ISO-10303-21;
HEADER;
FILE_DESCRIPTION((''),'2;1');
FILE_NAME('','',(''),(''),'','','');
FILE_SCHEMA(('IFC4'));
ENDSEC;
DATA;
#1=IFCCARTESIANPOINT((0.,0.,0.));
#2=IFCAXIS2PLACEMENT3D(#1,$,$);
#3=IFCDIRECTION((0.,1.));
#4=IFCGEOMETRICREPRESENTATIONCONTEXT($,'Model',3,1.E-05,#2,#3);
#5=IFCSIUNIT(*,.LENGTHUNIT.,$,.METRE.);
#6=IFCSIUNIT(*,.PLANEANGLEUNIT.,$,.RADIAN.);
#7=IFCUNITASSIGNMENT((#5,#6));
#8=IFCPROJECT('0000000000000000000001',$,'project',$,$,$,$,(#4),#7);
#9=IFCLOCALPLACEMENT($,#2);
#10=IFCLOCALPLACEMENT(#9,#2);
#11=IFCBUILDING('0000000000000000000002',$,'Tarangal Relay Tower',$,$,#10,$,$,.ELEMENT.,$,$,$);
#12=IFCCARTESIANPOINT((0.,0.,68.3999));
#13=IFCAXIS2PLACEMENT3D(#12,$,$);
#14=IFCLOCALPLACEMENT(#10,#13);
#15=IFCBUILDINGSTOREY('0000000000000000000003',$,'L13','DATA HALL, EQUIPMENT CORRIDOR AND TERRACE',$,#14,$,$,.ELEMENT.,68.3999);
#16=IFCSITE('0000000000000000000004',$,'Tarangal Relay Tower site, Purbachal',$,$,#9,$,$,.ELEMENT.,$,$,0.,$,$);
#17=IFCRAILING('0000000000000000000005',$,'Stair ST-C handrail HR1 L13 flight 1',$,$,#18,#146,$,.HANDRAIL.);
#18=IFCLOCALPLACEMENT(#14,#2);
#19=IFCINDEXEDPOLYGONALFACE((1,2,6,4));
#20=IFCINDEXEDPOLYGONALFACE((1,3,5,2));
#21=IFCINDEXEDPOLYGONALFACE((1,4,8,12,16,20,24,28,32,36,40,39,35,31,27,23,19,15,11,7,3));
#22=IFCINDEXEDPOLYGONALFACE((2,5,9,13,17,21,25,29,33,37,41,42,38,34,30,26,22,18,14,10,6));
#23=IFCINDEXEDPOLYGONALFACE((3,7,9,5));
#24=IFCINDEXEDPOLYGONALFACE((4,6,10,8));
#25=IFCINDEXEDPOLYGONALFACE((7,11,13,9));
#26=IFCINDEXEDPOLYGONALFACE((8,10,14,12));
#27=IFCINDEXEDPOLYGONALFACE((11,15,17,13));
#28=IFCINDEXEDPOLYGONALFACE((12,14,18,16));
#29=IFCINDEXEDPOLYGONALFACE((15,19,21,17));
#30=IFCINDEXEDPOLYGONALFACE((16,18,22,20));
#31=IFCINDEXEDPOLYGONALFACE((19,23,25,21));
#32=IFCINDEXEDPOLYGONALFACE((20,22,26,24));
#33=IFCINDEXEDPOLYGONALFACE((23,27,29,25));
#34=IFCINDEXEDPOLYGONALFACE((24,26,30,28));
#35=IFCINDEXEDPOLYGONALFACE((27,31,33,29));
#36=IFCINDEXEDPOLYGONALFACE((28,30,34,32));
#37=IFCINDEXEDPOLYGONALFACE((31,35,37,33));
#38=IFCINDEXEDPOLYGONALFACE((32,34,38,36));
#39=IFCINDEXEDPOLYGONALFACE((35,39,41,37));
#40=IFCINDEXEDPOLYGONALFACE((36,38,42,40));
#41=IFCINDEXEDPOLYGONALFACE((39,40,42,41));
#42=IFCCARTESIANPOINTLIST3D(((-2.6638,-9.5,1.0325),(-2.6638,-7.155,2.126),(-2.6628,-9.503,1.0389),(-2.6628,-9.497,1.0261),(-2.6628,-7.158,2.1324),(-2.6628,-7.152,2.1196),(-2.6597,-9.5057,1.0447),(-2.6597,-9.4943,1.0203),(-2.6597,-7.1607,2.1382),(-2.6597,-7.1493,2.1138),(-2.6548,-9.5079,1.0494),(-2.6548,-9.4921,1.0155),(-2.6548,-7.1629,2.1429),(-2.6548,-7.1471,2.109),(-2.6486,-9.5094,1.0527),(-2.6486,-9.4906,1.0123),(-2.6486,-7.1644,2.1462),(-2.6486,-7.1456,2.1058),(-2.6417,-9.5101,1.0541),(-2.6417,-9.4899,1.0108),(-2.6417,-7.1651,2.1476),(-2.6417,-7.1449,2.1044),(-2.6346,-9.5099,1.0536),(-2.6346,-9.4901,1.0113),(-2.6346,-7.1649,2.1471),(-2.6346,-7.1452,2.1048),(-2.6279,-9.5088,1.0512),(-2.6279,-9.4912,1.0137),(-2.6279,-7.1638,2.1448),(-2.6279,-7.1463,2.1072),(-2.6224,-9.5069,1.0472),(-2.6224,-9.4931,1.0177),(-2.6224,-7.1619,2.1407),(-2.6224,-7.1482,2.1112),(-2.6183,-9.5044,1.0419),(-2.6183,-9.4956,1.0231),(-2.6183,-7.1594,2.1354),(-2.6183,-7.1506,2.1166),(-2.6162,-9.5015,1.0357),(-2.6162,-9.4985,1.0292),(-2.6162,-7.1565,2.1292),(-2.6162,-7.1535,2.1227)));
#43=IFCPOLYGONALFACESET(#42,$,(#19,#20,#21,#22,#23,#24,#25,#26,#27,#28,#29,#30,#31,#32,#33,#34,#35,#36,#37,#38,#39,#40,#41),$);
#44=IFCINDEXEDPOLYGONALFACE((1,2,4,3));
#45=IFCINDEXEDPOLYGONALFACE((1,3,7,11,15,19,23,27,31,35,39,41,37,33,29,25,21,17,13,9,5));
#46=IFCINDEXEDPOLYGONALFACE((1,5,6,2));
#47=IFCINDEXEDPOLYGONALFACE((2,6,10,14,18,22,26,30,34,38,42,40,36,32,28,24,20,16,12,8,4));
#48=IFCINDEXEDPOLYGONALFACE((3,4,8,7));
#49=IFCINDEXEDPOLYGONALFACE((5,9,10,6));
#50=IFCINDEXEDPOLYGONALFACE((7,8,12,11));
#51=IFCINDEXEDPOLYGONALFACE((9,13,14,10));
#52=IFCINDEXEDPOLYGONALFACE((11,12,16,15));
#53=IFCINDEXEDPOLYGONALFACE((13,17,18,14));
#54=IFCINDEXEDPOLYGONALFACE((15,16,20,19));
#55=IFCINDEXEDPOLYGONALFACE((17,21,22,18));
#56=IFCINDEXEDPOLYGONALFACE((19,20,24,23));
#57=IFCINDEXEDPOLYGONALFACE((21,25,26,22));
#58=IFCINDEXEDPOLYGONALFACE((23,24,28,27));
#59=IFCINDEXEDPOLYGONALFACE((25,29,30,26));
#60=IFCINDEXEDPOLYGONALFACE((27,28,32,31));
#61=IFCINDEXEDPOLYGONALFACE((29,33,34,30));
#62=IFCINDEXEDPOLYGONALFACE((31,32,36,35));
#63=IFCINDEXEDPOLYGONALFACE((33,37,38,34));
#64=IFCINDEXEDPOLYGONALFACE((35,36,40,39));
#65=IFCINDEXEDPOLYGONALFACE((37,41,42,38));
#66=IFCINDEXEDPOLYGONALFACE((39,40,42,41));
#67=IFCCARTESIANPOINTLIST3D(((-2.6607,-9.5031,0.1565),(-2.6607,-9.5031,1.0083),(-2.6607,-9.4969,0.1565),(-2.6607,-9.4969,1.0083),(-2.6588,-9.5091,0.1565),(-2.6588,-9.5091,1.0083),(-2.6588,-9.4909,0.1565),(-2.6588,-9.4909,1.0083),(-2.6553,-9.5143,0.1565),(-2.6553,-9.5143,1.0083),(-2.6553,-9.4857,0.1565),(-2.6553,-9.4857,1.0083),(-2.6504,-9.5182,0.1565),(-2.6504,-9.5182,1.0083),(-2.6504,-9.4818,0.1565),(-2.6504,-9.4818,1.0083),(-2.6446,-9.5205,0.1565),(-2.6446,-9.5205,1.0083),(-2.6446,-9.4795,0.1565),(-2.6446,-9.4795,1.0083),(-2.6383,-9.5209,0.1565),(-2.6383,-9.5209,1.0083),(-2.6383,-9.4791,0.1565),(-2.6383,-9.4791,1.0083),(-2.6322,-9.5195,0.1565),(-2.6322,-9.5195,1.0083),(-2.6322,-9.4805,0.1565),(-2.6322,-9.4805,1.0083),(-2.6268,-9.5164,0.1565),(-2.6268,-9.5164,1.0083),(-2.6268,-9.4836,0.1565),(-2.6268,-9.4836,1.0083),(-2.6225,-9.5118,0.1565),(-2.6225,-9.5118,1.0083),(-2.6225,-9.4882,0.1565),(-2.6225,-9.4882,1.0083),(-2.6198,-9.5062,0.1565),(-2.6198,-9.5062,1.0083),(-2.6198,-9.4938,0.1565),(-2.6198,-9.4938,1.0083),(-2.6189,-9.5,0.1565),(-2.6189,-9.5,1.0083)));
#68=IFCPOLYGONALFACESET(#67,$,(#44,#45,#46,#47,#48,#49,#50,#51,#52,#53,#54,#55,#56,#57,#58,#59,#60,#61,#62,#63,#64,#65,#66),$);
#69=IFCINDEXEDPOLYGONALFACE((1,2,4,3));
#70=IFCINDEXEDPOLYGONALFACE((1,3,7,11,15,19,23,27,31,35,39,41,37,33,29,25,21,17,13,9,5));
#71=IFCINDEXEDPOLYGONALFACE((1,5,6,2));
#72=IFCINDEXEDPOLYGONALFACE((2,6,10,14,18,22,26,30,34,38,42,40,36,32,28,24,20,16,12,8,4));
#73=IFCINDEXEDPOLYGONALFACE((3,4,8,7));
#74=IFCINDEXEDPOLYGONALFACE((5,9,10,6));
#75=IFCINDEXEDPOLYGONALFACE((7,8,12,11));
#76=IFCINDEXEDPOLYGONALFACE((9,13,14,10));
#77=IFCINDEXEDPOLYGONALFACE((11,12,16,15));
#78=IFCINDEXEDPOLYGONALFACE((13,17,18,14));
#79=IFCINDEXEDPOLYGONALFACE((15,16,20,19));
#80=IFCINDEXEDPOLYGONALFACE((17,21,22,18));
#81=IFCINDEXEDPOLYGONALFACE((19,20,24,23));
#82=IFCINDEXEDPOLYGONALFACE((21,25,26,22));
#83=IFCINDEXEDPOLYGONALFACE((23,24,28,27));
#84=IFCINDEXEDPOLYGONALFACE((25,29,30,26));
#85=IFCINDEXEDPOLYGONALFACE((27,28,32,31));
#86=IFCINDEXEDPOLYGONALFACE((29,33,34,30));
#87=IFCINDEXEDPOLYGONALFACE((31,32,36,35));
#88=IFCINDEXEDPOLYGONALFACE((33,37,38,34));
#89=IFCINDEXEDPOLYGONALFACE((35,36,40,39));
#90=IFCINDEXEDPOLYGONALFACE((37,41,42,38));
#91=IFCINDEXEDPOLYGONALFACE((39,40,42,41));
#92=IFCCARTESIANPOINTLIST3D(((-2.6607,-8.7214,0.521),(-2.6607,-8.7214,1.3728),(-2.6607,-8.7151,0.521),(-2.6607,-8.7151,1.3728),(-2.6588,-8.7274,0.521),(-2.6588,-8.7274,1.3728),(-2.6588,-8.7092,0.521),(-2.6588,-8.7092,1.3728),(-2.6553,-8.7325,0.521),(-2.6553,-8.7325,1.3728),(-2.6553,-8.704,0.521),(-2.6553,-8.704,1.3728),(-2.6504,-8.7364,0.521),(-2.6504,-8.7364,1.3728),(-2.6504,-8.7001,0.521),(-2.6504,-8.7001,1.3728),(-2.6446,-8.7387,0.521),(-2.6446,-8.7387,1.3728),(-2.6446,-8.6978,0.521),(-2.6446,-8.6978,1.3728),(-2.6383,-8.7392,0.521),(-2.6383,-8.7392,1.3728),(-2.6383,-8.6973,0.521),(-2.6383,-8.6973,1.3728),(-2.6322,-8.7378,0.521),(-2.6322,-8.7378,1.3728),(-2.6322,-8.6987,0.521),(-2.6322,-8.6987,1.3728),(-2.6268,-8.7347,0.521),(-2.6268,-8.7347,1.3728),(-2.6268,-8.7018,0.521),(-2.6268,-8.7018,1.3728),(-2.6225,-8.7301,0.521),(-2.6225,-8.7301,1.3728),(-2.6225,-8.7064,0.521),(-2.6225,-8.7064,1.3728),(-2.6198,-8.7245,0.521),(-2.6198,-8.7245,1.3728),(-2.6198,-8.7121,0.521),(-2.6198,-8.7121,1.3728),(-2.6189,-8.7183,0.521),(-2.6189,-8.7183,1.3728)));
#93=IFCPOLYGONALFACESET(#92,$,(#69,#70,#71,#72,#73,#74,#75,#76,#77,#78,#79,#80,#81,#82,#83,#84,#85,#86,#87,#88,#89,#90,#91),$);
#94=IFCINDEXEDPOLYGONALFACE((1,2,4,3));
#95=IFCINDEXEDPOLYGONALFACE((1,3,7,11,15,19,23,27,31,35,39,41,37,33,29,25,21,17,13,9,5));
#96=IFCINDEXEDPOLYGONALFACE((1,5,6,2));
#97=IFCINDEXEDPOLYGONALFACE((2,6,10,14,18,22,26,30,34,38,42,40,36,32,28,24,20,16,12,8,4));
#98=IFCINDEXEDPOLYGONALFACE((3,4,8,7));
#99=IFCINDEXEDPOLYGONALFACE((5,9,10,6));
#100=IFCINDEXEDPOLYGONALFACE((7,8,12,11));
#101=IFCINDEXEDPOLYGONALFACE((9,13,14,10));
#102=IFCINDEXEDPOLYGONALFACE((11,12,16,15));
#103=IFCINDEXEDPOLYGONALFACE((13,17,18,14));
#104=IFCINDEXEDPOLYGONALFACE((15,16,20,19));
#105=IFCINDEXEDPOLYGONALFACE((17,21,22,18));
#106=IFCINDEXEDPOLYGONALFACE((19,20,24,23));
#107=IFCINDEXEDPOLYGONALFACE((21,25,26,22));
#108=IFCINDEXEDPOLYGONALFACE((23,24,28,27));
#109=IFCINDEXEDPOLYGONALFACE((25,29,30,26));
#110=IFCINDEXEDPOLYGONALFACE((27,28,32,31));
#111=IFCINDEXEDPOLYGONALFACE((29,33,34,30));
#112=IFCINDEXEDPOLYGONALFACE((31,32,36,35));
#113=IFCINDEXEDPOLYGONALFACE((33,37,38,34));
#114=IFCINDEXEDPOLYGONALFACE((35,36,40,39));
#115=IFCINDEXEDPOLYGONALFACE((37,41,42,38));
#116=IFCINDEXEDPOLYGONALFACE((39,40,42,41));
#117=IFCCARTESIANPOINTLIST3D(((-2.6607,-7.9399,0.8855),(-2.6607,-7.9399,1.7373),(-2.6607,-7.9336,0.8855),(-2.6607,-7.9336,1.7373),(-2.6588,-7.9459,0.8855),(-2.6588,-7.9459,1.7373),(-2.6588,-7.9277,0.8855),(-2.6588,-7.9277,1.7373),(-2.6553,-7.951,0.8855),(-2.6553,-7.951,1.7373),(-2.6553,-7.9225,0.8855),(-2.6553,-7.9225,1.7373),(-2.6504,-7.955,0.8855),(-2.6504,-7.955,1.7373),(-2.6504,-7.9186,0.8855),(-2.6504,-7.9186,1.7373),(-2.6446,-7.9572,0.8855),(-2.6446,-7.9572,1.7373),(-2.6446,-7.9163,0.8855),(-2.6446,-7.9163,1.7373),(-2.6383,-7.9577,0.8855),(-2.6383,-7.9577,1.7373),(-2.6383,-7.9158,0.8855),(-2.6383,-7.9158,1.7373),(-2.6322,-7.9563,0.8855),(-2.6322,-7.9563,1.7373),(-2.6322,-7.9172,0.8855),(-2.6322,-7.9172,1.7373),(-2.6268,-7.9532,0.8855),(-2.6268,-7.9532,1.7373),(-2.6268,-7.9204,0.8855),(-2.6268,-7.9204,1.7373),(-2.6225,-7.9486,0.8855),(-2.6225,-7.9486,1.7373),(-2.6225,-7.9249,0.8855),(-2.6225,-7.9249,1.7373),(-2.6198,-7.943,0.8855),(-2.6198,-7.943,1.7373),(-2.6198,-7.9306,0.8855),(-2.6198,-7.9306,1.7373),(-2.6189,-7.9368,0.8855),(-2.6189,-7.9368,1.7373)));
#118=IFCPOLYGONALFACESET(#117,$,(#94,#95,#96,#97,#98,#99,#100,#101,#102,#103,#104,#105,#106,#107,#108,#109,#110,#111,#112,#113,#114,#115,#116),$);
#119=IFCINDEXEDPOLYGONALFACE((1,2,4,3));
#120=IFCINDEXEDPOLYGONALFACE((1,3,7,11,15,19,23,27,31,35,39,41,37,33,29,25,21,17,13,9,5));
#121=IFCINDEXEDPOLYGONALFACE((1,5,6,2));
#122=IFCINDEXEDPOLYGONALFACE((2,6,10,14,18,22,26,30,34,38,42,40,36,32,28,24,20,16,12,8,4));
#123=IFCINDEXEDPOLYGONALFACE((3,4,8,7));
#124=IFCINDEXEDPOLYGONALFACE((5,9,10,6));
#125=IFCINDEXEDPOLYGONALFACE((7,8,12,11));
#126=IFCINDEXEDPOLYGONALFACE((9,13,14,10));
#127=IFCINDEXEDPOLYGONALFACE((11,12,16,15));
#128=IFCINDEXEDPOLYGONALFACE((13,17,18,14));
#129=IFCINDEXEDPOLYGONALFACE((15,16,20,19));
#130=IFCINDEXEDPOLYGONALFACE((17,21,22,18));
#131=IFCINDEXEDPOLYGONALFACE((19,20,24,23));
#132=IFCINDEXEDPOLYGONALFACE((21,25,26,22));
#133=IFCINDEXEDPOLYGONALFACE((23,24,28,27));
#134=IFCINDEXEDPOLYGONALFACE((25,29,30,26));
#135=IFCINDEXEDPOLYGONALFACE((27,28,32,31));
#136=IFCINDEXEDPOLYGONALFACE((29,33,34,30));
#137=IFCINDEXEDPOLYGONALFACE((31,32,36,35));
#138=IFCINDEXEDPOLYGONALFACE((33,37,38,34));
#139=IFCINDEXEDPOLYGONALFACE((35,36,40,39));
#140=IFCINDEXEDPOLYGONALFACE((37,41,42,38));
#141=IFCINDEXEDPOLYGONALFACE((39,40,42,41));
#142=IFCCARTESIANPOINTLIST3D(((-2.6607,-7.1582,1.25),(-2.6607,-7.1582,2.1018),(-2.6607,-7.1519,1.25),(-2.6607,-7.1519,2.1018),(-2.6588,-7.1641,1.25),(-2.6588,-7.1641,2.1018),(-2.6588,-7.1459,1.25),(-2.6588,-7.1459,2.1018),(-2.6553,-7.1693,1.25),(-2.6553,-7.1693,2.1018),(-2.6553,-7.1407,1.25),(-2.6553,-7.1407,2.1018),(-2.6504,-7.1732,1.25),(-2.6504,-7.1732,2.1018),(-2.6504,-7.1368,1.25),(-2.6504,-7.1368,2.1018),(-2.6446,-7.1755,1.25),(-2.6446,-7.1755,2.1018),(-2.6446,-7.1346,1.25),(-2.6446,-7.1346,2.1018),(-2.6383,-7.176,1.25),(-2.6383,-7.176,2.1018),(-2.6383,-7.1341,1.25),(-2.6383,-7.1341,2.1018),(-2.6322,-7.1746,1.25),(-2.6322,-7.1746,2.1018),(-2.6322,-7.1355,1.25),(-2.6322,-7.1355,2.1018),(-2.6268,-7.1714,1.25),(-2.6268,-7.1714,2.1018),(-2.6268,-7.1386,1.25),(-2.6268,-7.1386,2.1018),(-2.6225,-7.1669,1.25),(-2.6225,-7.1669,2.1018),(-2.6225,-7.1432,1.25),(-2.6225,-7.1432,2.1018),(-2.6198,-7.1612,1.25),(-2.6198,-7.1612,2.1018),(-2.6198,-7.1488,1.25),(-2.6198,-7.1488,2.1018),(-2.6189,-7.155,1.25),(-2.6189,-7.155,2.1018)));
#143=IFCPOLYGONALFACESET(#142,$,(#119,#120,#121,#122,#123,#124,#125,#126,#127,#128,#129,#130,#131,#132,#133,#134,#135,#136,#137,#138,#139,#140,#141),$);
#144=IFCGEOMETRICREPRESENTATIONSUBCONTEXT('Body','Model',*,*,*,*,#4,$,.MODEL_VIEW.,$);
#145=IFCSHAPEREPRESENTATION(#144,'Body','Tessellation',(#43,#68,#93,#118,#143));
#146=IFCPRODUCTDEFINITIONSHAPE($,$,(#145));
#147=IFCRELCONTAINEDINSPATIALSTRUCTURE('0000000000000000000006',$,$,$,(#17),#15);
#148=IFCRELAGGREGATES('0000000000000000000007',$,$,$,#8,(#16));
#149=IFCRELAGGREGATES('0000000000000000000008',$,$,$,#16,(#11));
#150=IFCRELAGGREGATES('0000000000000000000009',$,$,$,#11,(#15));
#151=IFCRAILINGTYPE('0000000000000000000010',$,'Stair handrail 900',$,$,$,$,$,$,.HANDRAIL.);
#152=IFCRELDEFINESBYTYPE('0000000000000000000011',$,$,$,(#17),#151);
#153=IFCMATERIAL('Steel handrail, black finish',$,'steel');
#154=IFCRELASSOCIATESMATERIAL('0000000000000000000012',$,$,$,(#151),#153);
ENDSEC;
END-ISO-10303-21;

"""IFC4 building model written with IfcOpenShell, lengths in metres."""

from ifc_helpers import new_model, si_unit, direction, frame, origin, origin_2d, place, context, subcontext, project, spatial, circle, extrude, material, type_object, element, save


model = new_model("IFC4")

# Units and contexts
model_context = context("Model", 3, precision=1e-05, world=origin(), true_north=direction((0.0, 1.0)))
body_context = subcontext(model_context, "Body", "Model", "MODEL_VIEW")
ifc_project = project(units=[si_unit("LENGTHUNIT", "METRE"), si_unit("PLANEANGLEUNIT", "RADIAN")], contexts=[model_context])

# Site, building, storey
site_placement = place(None, origin())
site = spatial("IfcSite", under=ifc_project, at=site_placement, Name="Tarangal Relay Tower site, Purbachal", CompositionType="ELEMENT", RefElevation=0.0)
building_placement = place(site_placement, origin())
building = spatial("IfcBuilding", under=site, at=building_placement, Name="Tarangal Relay Tower", CompositionType="ELEMENT")
storey_placement = place(building_placement, frame((0.0, 0.0, 68.3999)))
storey = spatial("IfcBuildingStorey", under=building, at=storey_placement, Name="L13", Description="DATA HALL, EQUIPMENT CORRIDOR AND TERRACE", CompositionType="ELEMENT", Elevation=68.3999)

# Railing
ifc_material_1 = material(Name="Steel handrail, black finish", Category="steel")
railing_type_1 = type_object("IfcRailingType", Name="Stair handrail 900", PredefinedType="HANDRAIL", material=ifc_material_1)
for number, where, name in (
    (1, (-2.6399, -9.5, 0.1565), "Stair ST-C handrail HR1 L13 flight 1"),
):
    element("IfcRailing", number, at=place(storey_placement, frame(where)), inside=storey, type_object=railing_type_1, Name=name, PredefinedType="HANDRAIL", context=body_context, shape_type="SweptSolid", body=[
        extrude(circle(Radius=0.0239, at=origin_2d()), frame((0.0, 0.0, 0.876), z_axis=(0.0, 0.906304, 0.422627), x_axis=(-1.0, 0.0, 0.0)), (0.0, 0.0, 1.0), 2.5874),
        extrude(circle(Radius=0.021, at=origin_2d()), origin(), (0.0, 0.0, 1.0), 0.8518),
        extrude(circle(Radius=0.021, at=origin_2d()), frame((0.0, 0.7817, 0.3645)), (0.0, 0.0, 1.0), 0.8518),
        extrude(circle(Radius=0.021, at=origin_2d()), frame((0.0, 1.5632, 0.729)), (0.0, 0.0, 1.0), 0.8518),
        extrude(circle(Radius=0.021, at=origin_2d()), frame((0.0, 2.345, 1.0935)), (0.0, 0.0, 1.0), 0.8518),
    ])

save(model, "model.ifc")
